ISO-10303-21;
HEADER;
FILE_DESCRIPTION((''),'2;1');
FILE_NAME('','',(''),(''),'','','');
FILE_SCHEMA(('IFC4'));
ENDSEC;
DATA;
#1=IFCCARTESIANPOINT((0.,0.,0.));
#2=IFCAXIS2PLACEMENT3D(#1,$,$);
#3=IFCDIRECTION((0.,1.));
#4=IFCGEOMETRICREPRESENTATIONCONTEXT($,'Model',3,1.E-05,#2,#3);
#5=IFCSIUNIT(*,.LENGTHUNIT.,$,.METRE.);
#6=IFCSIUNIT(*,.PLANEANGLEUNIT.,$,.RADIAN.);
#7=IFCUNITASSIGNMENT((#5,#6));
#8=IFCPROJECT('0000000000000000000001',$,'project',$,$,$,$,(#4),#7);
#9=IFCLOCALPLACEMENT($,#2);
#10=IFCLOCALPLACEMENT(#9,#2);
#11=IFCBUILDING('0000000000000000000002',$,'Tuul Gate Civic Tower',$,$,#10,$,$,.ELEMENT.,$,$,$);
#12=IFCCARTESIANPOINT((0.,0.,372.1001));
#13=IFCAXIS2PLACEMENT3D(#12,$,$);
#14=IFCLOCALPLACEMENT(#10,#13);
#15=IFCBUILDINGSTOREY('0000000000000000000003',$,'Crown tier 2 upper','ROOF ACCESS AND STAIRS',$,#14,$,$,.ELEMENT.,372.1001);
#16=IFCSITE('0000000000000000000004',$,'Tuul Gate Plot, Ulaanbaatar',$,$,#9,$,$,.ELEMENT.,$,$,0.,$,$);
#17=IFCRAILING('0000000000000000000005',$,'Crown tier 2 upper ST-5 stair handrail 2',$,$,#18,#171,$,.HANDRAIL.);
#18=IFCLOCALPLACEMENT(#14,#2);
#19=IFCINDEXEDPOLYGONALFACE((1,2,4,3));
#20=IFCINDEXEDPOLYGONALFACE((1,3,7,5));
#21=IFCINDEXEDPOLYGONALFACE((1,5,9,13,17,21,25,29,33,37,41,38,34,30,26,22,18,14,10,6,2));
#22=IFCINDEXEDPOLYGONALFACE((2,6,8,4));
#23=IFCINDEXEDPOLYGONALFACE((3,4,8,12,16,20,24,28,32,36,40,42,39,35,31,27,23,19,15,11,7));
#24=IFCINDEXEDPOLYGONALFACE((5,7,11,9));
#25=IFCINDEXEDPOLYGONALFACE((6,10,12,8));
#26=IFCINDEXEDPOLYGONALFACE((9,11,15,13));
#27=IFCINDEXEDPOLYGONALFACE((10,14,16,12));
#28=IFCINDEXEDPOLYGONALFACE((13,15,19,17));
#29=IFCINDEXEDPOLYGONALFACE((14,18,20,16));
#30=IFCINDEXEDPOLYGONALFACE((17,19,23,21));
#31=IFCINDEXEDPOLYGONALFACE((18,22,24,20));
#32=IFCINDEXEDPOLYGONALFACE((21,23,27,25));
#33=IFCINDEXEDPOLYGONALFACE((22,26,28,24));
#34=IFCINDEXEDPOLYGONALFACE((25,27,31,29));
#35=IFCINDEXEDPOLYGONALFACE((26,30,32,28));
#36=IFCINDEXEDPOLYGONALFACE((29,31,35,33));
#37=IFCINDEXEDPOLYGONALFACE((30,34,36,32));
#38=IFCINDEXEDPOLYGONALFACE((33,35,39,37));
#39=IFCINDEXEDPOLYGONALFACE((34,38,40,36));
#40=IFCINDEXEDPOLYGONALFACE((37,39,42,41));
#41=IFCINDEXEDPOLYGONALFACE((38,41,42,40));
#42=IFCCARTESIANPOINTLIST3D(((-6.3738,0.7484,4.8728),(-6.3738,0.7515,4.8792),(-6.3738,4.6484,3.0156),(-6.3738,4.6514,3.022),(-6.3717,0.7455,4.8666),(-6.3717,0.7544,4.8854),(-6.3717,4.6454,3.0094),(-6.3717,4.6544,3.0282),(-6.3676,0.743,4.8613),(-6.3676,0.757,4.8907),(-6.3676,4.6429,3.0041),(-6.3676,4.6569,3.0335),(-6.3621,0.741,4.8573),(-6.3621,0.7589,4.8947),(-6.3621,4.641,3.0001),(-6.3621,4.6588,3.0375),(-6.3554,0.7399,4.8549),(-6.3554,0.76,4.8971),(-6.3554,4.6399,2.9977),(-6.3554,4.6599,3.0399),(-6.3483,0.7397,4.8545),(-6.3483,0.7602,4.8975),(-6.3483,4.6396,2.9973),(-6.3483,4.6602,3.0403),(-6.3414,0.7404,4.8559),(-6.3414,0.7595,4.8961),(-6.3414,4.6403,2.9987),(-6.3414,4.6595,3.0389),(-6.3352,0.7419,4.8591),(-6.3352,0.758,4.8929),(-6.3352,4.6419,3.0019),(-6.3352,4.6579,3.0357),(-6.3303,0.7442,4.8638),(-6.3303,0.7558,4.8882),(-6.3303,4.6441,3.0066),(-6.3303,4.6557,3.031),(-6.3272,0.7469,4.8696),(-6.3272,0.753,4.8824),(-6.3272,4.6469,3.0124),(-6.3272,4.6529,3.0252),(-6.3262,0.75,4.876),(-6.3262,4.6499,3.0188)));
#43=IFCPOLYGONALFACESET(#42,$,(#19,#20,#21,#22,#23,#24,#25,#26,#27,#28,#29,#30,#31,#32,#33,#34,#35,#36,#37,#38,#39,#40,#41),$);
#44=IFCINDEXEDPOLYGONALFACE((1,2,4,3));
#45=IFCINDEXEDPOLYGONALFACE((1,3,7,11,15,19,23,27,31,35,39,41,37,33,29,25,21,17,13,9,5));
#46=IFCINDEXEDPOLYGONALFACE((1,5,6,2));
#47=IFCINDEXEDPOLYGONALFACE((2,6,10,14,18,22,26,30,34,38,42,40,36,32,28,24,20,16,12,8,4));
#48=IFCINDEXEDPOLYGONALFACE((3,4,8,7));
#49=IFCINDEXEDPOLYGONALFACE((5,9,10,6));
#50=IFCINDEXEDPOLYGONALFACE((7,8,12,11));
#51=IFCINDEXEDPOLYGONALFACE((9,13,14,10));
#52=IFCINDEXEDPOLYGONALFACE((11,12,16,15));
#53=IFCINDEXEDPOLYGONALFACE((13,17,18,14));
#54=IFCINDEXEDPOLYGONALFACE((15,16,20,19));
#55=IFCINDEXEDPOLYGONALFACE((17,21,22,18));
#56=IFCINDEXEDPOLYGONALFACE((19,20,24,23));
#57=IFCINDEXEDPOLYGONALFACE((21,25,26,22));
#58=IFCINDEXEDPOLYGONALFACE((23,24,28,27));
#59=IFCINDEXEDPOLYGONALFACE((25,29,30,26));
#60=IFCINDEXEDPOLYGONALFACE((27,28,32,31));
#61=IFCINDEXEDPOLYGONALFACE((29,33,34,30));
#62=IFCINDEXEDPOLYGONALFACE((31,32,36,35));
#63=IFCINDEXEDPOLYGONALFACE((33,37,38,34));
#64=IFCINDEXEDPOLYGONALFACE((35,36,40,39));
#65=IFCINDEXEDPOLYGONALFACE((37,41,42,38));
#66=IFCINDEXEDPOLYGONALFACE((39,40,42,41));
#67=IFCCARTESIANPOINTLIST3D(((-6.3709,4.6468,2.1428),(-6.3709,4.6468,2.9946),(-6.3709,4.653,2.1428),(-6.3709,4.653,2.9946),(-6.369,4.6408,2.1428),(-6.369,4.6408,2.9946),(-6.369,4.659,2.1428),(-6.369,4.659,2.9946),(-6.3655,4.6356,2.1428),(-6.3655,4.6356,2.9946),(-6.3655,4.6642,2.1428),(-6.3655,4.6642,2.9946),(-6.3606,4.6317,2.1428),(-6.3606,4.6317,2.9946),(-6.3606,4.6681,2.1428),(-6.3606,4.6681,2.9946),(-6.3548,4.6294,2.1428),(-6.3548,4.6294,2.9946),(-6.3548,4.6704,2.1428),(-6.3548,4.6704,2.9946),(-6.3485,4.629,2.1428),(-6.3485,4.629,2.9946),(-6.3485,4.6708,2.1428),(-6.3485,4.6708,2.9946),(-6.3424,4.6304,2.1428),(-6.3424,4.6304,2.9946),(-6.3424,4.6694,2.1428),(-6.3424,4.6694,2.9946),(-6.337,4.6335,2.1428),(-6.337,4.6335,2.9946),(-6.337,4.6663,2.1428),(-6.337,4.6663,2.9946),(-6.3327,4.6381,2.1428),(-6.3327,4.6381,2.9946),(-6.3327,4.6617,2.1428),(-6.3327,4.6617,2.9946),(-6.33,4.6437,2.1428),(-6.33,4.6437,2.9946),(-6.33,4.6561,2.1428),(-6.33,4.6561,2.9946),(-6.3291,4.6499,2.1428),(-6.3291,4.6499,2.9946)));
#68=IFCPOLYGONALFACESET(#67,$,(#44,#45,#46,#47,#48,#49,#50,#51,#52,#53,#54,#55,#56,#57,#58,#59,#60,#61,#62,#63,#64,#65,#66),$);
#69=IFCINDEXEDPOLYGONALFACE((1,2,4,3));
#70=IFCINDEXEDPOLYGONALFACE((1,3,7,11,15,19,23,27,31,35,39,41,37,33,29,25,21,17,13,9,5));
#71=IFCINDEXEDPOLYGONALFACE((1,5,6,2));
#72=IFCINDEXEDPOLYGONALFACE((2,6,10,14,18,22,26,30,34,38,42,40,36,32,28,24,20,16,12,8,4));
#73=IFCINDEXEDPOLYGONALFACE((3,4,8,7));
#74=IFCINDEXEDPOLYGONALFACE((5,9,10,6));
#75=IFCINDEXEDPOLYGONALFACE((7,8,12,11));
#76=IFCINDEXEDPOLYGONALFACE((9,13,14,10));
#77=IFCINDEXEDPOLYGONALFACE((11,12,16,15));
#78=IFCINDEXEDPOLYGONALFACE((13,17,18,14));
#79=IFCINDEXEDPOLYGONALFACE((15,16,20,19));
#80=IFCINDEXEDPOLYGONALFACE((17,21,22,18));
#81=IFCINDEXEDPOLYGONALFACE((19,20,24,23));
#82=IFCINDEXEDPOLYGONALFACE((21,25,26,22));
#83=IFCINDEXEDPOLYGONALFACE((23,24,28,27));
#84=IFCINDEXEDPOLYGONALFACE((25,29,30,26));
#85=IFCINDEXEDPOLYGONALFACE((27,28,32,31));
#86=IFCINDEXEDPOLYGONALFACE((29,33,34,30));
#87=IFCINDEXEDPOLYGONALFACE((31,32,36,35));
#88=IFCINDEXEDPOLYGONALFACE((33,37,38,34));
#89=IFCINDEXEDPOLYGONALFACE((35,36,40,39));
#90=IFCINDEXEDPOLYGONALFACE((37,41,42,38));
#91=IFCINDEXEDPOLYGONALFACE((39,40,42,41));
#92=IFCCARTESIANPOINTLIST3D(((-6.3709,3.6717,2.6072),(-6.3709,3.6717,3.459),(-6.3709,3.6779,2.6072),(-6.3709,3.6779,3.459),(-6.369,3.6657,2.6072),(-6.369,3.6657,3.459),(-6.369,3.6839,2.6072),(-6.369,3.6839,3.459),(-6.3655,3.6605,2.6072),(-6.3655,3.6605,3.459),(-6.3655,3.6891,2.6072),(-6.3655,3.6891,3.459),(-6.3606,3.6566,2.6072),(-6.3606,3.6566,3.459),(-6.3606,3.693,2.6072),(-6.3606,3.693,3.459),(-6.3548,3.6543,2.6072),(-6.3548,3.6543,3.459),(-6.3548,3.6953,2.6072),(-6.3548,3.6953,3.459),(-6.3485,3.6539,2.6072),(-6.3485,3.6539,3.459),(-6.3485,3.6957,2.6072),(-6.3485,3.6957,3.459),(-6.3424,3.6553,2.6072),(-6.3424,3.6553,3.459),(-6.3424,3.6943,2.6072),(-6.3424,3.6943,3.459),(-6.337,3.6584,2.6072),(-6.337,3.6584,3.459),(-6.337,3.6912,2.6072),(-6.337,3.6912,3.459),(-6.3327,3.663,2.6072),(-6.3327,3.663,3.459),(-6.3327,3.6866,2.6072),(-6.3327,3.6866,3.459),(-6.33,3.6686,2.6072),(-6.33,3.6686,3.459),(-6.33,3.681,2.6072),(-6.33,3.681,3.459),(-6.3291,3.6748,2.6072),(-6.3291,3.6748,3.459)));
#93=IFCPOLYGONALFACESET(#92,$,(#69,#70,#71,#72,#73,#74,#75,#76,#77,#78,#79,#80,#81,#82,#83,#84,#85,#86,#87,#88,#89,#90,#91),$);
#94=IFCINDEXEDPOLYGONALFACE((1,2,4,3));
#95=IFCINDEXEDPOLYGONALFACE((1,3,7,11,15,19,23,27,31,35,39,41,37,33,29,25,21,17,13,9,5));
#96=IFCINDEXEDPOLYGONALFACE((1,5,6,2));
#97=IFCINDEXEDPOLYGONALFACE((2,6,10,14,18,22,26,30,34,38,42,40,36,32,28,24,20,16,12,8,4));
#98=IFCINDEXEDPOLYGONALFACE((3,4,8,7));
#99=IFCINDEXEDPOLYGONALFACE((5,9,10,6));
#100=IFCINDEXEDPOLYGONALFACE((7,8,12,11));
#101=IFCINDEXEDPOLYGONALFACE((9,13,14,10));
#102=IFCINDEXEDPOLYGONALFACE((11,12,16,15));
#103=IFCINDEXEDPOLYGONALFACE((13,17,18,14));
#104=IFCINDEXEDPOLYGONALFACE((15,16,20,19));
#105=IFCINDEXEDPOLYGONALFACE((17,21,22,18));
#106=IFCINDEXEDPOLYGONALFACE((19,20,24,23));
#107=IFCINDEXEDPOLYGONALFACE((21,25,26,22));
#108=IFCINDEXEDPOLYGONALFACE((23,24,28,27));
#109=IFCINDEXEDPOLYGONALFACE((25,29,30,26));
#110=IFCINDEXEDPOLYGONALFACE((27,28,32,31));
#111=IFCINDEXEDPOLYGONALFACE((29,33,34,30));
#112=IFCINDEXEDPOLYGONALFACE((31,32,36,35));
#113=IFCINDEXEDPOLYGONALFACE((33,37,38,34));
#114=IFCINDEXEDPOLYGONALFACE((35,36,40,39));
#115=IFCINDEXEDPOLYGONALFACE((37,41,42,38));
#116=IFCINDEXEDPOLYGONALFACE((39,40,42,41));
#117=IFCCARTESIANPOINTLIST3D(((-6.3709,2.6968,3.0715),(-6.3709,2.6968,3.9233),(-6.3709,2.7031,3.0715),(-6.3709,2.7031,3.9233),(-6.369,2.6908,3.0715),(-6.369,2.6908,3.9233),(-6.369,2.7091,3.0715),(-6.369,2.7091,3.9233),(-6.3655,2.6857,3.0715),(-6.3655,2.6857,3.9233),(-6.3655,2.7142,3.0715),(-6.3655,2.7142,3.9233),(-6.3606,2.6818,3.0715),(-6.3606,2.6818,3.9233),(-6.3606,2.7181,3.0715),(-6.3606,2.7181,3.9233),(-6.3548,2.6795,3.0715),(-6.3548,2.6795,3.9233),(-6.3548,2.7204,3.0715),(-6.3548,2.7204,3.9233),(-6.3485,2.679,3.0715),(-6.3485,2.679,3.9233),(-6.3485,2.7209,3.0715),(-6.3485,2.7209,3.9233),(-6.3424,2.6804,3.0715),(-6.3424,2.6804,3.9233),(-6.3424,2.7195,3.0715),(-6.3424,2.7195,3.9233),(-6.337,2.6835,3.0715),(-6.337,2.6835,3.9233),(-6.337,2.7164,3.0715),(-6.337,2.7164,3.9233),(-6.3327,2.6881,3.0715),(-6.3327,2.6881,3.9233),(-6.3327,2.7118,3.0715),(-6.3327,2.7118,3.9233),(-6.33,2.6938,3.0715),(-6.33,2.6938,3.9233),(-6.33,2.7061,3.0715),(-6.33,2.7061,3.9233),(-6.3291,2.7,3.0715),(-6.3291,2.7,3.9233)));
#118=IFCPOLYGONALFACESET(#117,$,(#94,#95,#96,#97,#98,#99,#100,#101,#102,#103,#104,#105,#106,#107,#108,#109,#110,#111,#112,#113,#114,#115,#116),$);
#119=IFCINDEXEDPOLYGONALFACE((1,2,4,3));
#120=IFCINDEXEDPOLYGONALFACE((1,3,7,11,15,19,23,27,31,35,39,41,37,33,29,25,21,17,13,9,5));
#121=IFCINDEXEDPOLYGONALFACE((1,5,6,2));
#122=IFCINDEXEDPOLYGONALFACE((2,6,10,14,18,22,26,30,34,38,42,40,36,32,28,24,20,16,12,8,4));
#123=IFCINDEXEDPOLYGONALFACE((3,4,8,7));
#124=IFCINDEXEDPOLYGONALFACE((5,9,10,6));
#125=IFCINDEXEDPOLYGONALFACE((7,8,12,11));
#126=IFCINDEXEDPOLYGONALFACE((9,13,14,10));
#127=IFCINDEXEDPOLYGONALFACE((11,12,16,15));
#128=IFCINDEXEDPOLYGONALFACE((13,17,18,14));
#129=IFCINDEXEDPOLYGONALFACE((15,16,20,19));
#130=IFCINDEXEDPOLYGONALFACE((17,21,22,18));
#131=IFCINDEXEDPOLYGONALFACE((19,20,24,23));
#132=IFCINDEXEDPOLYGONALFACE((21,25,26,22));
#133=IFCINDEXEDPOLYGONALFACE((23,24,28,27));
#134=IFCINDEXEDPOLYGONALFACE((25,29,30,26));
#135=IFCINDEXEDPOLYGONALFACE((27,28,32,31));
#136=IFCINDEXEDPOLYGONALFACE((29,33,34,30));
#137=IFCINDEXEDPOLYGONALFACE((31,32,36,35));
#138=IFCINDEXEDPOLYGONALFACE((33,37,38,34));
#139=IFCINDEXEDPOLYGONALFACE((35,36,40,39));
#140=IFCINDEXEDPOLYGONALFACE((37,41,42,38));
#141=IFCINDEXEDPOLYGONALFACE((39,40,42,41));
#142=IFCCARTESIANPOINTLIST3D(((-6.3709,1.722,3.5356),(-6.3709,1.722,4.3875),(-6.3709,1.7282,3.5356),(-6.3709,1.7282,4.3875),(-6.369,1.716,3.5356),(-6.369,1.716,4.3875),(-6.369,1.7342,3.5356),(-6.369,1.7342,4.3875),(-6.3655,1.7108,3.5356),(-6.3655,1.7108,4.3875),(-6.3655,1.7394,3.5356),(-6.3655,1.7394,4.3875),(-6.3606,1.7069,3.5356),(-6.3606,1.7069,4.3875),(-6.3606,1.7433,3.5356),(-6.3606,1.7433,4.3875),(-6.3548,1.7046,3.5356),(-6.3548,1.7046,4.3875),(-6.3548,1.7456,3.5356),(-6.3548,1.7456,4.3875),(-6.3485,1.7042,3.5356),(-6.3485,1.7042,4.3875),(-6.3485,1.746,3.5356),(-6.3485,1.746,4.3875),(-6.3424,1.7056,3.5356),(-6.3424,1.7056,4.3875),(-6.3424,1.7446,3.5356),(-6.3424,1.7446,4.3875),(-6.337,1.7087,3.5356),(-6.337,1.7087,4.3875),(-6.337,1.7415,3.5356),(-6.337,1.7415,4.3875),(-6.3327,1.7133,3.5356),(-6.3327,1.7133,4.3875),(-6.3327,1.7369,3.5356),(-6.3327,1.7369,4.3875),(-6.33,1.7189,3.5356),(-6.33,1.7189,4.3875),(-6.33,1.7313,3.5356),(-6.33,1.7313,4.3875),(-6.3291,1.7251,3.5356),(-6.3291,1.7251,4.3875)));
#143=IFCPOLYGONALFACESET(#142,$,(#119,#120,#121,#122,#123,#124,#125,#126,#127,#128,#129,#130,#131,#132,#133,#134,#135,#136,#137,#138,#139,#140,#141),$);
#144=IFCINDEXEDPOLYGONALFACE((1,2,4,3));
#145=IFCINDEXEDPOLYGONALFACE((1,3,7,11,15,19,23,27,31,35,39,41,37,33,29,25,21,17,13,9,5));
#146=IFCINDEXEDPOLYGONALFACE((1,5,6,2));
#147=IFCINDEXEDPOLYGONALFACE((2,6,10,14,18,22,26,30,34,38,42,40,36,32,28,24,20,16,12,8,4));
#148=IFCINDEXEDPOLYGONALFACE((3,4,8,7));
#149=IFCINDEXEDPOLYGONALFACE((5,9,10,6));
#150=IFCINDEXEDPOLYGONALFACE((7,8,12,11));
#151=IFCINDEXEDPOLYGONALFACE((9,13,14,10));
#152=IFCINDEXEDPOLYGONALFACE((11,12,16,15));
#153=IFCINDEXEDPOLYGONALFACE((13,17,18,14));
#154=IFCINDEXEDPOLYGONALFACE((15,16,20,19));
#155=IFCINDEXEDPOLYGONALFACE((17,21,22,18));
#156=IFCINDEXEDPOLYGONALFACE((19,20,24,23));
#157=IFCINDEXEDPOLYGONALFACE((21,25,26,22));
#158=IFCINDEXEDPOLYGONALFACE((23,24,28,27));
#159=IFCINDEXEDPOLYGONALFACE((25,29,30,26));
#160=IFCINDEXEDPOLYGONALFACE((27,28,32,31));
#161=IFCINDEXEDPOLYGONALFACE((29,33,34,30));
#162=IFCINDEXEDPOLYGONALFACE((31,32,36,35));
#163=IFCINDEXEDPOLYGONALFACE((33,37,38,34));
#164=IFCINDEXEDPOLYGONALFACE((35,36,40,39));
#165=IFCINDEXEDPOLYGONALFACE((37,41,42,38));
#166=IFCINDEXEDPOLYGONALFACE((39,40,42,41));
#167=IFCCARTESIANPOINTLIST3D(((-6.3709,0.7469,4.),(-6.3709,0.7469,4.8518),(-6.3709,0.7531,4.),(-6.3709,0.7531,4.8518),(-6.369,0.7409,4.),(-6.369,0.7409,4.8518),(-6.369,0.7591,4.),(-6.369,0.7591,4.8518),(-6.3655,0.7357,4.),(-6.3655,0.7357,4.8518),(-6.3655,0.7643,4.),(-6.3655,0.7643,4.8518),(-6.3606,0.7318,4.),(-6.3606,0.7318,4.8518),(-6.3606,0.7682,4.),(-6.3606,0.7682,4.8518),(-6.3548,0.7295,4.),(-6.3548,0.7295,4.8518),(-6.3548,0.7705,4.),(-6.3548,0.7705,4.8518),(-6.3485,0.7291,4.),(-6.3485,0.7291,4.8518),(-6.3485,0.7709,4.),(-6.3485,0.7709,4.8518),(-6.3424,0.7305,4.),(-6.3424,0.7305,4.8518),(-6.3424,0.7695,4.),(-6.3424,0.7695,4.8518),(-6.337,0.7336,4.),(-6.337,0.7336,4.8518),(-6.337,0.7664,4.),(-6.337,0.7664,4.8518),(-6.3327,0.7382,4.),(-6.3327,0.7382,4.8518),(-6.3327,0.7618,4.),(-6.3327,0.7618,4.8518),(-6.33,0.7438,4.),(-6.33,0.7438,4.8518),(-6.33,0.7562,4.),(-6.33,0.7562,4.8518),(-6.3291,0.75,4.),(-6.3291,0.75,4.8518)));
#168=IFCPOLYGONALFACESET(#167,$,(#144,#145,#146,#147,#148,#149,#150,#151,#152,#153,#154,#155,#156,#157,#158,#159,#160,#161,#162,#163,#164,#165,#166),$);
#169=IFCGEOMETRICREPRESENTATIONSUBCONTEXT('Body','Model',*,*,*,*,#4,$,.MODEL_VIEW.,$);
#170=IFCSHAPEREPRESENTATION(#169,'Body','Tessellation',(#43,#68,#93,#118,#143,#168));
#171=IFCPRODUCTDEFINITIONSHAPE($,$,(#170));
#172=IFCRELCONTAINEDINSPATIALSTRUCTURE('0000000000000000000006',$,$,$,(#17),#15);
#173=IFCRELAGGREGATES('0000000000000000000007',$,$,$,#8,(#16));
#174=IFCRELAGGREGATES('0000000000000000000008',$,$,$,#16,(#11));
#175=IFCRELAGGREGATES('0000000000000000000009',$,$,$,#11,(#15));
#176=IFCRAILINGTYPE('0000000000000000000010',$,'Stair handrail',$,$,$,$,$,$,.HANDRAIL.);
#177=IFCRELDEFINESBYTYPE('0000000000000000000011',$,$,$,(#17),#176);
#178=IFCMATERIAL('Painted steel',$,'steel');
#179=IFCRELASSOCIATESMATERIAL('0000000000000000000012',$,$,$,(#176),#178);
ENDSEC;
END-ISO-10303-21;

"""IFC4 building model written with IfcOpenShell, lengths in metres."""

from ifc_helpers import new_model, si_unit, direction, frame, origin, origin_2d, place, context, subcontext, project, spatial, circle, extrude, material, type_object, element, save


model = new_model("IFC4")

# Units and contexts
model_context = context("Model", 3, precision=1e-05, world=origin(), true_north=direction((0.0, 1.0)))
body_context = subcontext(model_context, "Body", "Model", "MODEL_VIEW")
ifc_project = project(units=[si_unit("LENGTHUNIT", "METRE"), si_unit("PLANEANGLEUNIT", "RADIAN")], contexts=[model_context])

# Site, building, storey
site_placement = place(None, origin())
site = spatial("IfcSite", under=ifc_project, at=site_placement, Name="Tuul Gate Plot, Ulaanbaatar", CompositionType="ELEMENT", RefElevation=0.0)
building_placement = place(site_placement, origin())
building = spatial("IfcBuilding", under=site, at=building_placement, Name="Tuul Gate Civic Tower", CompositionType="ELEMENT")
storey_placement = place(building_placement, frame((0.0, 0.0, 372.1001)))
storey = spatial("IfcBuildingStorey", under=building, at=storey_placement, Name="Crown tier 2 upper", Description="ROOF ACCESS AND STAIRS", CompositionType="ELEMENT", Elevation=372.1001)

# Railing
ifc_material_1 = material(Name="Painted steel", Category="steel")
railing_type = type_object("IfcRailingType", Name="Stair handrail", PredefinedType="HANDRAIL", material=ifc_material_1)
railing_placement = place(storey_placement, frame((-6.3501, 4.6499, 2.1428)))
element("IfcRailing", 1, at=railing_placement, inside=storey, type_object=railing_type, Name="Crown tier 2 upper ST-5 stair handrail 2", PredefinedType="HANDRAIL", context=body_context, shape_type="SweptSolid", body=[
    extrude(circle(Radius=0.0239, at=origin_2d()), frame((0.0, 0.0, 0.876), z_axis=(0.0, -0.902853, 0.429949), x_axis=(1.0, 0.0, 0.0)), (0.0, 0.0, 1.0), 4.3196),
    extrude(circle(Radius=0.021, at=origin_2d()), origin(), (0.0, 0.0, 1.0), 0.8518),
    extrude(circle(Radius=0.021, at=origin_2d()), frame((0.0, -0.9751, 0.4644)), (0.0, 0.0, 1.0), 0.8518),
    extrude(circle(Radius=0.021, at=origin_2d()), frame((0.0, -1.95, 0.9287)), (0.0, 0.0, 1.0), 0.8518),
    extrude(circle(Radius=0.021, at=origin_2d()), frame((0.0, -2.9248, 1.3928)), (0.0, 0.0, 1.0), 0.8518),
    extrude(circle(Radius=0.021, at=origin_2d()), frame((0.0, -3.8999, 1.8572)), (0.0, 0.0, 1.0), 0.8518),
])

save(model, "model.ifc")
